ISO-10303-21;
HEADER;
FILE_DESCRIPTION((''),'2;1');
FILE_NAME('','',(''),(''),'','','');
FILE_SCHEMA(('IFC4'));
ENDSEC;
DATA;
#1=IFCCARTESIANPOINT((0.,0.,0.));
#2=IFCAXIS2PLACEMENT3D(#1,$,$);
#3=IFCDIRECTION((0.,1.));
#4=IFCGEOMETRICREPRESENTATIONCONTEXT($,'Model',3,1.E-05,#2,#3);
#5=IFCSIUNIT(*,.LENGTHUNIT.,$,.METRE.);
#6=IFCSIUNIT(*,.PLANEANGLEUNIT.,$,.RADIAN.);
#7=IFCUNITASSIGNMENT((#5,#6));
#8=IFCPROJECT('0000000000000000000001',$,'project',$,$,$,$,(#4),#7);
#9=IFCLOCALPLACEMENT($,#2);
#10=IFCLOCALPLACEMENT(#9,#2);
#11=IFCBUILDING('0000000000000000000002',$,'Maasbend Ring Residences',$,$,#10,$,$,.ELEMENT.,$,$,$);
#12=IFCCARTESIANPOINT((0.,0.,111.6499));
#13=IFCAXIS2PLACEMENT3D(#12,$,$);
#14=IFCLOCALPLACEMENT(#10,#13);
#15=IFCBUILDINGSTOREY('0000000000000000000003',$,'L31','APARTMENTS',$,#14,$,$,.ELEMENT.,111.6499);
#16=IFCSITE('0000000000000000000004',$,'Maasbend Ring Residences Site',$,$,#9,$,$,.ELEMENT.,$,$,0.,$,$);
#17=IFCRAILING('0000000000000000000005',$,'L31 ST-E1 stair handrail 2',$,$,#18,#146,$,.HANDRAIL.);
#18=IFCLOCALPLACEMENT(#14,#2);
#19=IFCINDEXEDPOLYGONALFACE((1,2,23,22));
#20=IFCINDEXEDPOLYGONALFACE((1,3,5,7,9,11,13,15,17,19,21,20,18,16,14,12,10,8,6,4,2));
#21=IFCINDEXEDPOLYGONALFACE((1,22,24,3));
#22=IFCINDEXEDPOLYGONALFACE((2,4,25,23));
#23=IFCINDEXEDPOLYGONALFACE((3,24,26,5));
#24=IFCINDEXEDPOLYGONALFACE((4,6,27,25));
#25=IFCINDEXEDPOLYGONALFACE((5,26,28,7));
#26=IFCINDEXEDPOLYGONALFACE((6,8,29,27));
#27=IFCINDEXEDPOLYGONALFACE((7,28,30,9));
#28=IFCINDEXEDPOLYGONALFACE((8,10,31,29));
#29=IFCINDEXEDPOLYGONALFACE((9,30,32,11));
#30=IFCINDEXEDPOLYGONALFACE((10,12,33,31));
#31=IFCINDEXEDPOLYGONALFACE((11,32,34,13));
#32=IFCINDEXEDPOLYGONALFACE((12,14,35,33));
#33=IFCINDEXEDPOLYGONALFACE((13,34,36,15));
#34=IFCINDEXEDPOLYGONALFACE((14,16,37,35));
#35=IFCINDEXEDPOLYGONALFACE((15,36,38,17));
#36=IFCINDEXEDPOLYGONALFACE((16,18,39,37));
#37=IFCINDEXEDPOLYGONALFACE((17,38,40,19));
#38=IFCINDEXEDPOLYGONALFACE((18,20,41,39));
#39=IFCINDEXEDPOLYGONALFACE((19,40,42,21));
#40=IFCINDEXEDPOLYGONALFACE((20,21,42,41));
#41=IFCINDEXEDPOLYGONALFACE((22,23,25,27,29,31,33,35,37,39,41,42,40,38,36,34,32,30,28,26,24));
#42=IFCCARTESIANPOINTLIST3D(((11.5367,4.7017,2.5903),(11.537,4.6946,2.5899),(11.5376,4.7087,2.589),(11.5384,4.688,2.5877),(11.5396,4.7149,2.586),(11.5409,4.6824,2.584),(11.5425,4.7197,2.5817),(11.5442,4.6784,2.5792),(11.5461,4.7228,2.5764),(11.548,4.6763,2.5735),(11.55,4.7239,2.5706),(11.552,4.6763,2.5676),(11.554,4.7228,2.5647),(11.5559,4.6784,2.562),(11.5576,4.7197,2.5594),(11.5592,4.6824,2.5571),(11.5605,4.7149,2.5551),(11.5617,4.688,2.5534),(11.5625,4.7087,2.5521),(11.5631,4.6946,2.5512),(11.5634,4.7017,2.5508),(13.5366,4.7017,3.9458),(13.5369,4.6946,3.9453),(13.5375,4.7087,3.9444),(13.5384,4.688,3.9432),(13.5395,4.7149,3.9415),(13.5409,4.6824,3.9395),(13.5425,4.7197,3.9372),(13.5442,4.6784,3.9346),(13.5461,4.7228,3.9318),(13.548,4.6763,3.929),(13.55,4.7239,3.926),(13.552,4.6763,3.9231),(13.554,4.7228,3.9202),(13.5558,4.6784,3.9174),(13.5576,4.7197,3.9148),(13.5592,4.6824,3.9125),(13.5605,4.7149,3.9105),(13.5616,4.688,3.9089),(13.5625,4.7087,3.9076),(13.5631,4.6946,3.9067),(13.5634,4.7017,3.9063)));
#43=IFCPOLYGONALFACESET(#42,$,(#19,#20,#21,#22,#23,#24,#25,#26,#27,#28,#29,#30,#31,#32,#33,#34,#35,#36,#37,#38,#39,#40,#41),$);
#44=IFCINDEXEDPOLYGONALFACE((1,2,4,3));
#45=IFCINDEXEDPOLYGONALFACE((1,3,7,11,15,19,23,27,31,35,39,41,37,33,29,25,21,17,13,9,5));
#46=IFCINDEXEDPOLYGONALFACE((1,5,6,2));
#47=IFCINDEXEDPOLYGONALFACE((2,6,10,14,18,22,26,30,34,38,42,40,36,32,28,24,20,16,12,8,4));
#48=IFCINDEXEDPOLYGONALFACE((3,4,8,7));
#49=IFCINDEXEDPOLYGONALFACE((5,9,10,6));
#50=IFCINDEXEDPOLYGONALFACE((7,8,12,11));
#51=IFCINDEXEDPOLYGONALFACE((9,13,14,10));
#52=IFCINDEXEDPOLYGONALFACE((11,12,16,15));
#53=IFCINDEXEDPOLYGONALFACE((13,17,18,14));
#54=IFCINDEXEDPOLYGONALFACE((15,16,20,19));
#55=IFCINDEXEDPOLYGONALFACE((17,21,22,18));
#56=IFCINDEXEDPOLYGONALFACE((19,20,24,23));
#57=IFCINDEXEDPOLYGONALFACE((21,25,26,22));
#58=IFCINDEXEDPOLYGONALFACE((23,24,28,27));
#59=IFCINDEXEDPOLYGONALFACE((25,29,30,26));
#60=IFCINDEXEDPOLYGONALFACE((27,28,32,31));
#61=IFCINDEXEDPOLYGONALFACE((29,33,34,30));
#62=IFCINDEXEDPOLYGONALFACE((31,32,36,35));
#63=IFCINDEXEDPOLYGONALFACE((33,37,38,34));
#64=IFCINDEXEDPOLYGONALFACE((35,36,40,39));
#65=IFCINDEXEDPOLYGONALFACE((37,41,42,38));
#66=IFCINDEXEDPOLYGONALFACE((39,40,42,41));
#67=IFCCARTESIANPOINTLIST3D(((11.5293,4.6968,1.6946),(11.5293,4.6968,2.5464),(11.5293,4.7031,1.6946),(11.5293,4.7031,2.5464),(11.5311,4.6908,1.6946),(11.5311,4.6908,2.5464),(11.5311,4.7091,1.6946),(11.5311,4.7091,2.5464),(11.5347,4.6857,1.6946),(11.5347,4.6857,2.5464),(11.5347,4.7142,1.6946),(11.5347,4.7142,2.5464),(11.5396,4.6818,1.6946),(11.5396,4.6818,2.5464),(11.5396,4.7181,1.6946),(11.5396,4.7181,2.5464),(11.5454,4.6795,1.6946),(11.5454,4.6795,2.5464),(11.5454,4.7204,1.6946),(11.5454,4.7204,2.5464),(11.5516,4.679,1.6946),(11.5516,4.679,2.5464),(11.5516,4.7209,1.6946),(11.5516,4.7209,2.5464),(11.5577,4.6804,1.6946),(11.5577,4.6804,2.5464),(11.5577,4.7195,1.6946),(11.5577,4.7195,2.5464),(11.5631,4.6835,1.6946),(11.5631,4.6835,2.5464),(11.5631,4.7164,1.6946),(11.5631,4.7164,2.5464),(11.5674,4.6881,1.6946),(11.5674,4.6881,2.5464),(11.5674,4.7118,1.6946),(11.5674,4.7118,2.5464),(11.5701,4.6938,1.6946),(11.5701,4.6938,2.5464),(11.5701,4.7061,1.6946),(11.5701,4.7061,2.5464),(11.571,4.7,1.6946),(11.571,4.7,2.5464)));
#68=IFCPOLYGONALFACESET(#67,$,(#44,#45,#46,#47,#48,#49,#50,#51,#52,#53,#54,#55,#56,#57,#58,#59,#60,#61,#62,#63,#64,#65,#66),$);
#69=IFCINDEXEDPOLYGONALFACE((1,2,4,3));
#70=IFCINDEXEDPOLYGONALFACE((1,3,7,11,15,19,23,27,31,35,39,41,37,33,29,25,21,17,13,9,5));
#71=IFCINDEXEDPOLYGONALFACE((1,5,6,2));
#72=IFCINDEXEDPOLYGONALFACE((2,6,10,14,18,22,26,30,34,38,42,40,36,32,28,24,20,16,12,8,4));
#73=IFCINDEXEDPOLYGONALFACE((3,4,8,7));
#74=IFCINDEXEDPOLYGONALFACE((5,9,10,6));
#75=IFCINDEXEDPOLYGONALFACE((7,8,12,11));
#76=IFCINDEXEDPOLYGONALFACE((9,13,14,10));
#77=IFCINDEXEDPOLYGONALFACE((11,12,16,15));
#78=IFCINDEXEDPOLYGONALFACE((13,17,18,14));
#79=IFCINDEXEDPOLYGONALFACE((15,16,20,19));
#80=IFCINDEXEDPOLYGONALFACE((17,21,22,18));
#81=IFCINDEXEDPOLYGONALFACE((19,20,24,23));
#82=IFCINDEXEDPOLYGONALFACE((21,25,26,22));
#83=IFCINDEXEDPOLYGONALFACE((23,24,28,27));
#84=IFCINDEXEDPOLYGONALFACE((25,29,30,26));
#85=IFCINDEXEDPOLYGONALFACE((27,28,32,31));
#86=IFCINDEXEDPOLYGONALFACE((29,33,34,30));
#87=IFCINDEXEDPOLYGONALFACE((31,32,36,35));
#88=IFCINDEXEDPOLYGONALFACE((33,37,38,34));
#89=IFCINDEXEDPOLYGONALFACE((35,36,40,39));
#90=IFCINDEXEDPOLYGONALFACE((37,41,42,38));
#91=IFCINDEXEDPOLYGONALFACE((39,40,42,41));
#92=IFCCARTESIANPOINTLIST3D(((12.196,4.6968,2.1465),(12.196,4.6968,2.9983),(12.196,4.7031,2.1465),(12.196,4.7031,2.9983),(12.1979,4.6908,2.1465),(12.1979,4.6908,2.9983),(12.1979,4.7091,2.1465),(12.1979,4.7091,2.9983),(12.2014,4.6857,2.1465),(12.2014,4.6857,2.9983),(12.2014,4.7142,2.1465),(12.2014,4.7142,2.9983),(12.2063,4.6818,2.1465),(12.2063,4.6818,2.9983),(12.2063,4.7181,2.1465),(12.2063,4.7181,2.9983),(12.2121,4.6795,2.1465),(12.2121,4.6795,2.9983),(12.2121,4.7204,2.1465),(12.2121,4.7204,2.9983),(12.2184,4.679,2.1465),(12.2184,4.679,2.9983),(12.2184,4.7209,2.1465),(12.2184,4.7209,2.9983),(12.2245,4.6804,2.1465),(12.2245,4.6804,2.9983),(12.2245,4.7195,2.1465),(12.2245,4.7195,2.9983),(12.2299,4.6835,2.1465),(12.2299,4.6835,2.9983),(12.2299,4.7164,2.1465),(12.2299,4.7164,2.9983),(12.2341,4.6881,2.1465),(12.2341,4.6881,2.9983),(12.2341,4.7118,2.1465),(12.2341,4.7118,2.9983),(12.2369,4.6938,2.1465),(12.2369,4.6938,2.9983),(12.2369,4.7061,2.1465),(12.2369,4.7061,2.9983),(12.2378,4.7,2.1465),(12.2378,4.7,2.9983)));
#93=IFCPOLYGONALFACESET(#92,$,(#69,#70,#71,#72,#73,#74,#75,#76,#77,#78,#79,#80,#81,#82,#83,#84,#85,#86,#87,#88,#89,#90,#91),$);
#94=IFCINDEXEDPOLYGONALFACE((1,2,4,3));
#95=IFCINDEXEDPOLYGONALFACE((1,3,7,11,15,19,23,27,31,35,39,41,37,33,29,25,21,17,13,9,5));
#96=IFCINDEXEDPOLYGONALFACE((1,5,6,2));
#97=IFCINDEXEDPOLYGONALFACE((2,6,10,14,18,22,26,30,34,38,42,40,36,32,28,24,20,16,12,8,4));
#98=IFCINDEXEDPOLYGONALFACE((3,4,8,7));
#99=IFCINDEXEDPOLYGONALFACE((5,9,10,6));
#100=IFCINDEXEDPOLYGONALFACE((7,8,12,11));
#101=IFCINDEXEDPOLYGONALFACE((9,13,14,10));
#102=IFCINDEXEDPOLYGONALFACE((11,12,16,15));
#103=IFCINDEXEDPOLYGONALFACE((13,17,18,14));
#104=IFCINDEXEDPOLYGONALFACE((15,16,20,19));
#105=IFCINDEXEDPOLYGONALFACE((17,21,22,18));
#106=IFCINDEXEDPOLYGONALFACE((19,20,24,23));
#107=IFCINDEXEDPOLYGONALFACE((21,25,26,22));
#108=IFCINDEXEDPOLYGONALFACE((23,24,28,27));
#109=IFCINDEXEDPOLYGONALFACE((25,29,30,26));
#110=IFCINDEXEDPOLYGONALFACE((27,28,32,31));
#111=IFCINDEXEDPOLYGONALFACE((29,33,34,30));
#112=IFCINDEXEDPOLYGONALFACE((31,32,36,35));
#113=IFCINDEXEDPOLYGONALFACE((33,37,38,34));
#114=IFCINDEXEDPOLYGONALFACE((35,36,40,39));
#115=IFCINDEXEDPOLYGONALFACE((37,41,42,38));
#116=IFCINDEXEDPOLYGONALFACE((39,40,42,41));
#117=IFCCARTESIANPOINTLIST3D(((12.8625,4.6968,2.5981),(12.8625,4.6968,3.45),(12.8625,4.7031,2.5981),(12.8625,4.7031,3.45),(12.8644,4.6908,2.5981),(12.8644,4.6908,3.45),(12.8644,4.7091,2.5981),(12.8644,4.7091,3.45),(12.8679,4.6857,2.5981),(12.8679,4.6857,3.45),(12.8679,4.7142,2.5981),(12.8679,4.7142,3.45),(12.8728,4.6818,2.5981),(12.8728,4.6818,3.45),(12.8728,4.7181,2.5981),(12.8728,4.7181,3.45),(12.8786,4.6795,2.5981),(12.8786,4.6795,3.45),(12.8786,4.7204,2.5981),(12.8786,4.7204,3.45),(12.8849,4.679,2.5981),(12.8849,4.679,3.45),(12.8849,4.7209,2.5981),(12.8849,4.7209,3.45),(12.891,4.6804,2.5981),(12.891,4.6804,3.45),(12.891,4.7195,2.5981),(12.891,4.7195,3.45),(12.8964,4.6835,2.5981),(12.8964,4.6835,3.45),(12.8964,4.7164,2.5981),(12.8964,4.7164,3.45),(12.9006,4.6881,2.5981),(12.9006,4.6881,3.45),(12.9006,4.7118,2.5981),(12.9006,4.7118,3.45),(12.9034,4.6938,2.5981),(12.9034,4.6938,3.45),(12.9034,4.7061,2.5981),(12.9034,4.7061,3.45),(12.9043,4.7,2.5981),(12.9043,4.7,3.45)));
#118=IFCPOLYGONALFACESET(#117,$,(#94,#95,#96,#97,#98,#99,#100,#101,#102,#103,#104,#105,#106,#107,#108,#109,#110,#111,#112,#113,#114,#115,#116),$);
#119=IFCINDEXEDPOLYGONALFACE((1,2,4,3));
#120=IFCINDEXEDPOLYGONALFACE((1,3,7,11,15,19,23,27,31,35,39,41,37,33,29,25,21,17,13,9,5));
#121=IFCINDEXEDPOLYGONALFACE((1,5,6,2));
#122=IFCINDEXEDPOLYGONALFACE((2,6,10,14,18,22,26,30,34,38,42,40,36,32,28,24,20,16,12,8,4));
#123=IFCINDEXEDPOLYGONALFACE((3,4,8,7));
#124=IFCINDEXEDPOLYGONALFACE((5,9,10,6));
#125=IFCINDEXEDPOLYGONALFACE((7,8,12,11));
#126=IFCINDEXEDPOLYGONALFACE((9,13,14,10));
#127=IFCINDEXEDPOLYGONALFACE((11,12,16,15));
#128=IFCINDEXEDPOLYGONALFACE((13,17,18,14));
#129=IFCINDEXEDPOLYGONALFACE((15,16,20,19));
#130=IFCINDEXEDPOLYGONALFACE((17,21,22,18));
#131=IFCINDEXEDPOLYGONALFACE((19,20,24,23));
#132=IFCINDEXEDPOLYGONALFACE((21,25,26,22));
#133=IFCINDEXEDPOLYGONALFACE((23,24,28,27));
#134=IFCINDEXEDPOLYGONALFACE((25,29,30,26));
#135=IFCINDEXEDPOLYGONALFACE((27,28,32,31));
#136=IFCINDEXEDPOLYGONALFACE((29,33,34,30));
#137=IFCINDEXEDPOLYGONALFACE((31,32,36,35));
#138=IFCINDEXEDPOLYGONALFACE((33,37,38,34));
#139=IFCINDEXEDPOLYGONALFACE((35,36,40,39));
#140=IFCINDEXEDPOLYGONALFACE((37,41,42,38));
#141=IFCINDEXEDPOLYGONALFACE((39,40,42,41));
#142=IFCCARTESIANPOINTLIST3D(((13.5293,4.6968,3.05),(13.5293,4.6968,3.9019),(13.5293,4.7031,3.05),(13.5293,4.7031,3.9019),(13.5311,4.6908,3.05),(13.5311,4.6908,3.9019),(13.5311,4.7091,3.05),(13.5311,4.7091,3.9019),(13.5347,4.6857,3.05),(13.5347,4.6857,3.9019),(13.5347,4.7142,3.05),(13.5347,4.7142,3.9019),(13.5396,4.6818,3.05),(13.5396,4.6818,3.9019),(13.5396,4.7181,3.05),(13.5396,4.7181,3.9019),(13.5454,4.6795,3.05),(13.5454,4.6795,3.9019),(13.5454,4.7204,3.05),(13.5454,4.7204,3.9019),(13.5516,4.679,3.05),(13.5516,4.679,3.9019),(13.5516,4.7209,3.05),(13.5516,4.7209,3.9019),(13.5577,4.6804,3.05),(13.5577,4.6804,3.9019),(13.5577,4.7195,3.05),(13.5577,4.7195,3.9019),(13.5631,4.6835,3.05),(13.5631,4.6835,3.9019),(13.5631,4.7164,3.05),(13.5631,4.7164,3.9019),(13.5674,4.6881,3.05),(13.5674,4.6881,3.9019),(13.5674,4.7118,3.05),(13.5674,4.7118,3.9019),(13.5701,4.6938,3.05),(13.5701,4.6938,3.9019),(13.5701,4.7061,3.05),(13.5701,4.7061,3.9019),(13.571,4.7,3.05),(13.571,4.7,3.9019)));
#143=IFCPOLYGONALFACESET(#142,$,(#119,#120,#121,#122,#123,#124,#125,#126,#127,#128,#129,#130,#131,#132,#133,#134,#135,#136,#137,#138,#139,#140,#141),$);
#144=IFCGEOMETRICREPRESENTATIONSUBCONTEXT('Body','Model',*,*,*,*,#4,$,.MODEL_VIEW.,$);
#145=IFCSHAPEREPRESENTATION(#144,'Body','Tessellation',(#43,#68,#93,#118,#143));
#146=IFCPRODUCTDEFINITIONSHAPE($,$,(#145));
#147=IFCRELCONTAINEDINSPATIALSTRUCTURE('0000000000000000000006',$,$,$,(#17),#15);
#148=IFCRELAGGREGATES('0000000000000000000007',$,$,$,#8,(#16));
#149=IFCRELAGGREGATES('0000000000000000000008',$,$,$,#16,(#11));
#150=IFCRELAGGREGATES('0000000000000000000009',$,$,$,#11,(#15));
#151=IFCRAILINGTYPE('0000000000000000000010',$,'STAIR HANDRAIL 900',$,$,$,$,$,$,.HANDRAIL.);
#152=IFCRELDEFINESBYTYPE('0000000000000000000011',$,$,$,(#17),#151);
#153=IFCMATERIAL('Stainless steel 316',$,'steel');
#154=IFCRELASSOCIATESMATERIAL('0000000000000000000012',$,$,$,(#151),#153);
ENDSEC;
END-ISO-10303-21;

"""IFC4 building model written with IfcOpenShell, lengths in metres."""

from ifc_helpers import new_model, si_unit, direction, frame, origin, origin_2d, place, context, subcontext, project, spatial, circle, extrude, material, type_object, element, save


model = new_model("IFC4")

# Units and contexts
model_context = context("Model", 3, precision=1e-05, world=origin(), true_north=direction((0.0, 1.0)))
body_context = subcontext(model_context, "Body", "Model", "MODEL_VIEW")
ifc_project = project(units=[si_unit("LENGTHUNIT", "METRE"), si_unit("PLANEANGLEUNIT", "RADIAN")], contexts=[model_context])

# Site, building, storey
site_placement = place(None, origin())
site = spatial("IfcSite", under=ifc_project, at=site_placement, Name="Maasbend Ring Residences Site", CompositionType="ELEMENT", RefElevation=0.0)
building_placement = place(site_placement, origin())
building = spatial("IfcBuilding", under=site, at=building_placement, Name="Maasbend Ring Residences", CompositionType="ELEMENT")
storey_placement = place(building_placement, frame((0.0, 0.0, 111.6499)))
storey = spatial("IfcBuildingStorey", under=building, at=storey_placement, Name="L31", Description="APARTMENTS", CompositionType="ELEMENT", Elevation=111.6499)

# Railing
ifc_material_1 = material(Name="Stainless steel 316", Category="steel")
railing_type_1 = type_object("IfcRailingType", Name="STAIR HANDRAIL 900", PredefinedType="HANDRAIL", material=ifc_material_1)
railing_1_placement = place(storey_placement, frame((11.55, 4.7, 1.6946)))
element("IfcRailing", 1, at=railing_1_placement, inside=storey, type_object=railing_type_1, Name="L31 ST-E1 stair handrail 2", PredefinedType="HANDRAIL", context=body_context, shape_type="SweptSolid", body=[
    extrude(circle(Radius=0.0239, at=origin_2d()), frame((0.0, 0.0, 0.876), z_axis=(0.827798, 0.0, 0.561027), x_axis=(0.0, 1.0, 0.0)), (0.0, 0.0, 1.0), 2.416),
    extrude(circle(Radius=0.021, at=origin_2d()), origin(), (0.0, 0.0, 1.0), 0.8518),
    extrude(circle(Radius=0.021, at=origin_2d()), frame((0.6667, 0.0, 0.4519)), (0.0, 0.0, 1.0), 0.8518),
    extrude(circle(Radius=0.021, at=origin_2d()), frame((1.3333, 0.0, 0.9036)), (0.0, 0.0, 1.0), 0.8518),
    extrude(circle(Radius=0.021, at=origin_2d()), frame((2.0, 0.0, 1.3555)), (0.0, 0.0, 1.0), 0.8518),
])

save(model, "model.ifc")
